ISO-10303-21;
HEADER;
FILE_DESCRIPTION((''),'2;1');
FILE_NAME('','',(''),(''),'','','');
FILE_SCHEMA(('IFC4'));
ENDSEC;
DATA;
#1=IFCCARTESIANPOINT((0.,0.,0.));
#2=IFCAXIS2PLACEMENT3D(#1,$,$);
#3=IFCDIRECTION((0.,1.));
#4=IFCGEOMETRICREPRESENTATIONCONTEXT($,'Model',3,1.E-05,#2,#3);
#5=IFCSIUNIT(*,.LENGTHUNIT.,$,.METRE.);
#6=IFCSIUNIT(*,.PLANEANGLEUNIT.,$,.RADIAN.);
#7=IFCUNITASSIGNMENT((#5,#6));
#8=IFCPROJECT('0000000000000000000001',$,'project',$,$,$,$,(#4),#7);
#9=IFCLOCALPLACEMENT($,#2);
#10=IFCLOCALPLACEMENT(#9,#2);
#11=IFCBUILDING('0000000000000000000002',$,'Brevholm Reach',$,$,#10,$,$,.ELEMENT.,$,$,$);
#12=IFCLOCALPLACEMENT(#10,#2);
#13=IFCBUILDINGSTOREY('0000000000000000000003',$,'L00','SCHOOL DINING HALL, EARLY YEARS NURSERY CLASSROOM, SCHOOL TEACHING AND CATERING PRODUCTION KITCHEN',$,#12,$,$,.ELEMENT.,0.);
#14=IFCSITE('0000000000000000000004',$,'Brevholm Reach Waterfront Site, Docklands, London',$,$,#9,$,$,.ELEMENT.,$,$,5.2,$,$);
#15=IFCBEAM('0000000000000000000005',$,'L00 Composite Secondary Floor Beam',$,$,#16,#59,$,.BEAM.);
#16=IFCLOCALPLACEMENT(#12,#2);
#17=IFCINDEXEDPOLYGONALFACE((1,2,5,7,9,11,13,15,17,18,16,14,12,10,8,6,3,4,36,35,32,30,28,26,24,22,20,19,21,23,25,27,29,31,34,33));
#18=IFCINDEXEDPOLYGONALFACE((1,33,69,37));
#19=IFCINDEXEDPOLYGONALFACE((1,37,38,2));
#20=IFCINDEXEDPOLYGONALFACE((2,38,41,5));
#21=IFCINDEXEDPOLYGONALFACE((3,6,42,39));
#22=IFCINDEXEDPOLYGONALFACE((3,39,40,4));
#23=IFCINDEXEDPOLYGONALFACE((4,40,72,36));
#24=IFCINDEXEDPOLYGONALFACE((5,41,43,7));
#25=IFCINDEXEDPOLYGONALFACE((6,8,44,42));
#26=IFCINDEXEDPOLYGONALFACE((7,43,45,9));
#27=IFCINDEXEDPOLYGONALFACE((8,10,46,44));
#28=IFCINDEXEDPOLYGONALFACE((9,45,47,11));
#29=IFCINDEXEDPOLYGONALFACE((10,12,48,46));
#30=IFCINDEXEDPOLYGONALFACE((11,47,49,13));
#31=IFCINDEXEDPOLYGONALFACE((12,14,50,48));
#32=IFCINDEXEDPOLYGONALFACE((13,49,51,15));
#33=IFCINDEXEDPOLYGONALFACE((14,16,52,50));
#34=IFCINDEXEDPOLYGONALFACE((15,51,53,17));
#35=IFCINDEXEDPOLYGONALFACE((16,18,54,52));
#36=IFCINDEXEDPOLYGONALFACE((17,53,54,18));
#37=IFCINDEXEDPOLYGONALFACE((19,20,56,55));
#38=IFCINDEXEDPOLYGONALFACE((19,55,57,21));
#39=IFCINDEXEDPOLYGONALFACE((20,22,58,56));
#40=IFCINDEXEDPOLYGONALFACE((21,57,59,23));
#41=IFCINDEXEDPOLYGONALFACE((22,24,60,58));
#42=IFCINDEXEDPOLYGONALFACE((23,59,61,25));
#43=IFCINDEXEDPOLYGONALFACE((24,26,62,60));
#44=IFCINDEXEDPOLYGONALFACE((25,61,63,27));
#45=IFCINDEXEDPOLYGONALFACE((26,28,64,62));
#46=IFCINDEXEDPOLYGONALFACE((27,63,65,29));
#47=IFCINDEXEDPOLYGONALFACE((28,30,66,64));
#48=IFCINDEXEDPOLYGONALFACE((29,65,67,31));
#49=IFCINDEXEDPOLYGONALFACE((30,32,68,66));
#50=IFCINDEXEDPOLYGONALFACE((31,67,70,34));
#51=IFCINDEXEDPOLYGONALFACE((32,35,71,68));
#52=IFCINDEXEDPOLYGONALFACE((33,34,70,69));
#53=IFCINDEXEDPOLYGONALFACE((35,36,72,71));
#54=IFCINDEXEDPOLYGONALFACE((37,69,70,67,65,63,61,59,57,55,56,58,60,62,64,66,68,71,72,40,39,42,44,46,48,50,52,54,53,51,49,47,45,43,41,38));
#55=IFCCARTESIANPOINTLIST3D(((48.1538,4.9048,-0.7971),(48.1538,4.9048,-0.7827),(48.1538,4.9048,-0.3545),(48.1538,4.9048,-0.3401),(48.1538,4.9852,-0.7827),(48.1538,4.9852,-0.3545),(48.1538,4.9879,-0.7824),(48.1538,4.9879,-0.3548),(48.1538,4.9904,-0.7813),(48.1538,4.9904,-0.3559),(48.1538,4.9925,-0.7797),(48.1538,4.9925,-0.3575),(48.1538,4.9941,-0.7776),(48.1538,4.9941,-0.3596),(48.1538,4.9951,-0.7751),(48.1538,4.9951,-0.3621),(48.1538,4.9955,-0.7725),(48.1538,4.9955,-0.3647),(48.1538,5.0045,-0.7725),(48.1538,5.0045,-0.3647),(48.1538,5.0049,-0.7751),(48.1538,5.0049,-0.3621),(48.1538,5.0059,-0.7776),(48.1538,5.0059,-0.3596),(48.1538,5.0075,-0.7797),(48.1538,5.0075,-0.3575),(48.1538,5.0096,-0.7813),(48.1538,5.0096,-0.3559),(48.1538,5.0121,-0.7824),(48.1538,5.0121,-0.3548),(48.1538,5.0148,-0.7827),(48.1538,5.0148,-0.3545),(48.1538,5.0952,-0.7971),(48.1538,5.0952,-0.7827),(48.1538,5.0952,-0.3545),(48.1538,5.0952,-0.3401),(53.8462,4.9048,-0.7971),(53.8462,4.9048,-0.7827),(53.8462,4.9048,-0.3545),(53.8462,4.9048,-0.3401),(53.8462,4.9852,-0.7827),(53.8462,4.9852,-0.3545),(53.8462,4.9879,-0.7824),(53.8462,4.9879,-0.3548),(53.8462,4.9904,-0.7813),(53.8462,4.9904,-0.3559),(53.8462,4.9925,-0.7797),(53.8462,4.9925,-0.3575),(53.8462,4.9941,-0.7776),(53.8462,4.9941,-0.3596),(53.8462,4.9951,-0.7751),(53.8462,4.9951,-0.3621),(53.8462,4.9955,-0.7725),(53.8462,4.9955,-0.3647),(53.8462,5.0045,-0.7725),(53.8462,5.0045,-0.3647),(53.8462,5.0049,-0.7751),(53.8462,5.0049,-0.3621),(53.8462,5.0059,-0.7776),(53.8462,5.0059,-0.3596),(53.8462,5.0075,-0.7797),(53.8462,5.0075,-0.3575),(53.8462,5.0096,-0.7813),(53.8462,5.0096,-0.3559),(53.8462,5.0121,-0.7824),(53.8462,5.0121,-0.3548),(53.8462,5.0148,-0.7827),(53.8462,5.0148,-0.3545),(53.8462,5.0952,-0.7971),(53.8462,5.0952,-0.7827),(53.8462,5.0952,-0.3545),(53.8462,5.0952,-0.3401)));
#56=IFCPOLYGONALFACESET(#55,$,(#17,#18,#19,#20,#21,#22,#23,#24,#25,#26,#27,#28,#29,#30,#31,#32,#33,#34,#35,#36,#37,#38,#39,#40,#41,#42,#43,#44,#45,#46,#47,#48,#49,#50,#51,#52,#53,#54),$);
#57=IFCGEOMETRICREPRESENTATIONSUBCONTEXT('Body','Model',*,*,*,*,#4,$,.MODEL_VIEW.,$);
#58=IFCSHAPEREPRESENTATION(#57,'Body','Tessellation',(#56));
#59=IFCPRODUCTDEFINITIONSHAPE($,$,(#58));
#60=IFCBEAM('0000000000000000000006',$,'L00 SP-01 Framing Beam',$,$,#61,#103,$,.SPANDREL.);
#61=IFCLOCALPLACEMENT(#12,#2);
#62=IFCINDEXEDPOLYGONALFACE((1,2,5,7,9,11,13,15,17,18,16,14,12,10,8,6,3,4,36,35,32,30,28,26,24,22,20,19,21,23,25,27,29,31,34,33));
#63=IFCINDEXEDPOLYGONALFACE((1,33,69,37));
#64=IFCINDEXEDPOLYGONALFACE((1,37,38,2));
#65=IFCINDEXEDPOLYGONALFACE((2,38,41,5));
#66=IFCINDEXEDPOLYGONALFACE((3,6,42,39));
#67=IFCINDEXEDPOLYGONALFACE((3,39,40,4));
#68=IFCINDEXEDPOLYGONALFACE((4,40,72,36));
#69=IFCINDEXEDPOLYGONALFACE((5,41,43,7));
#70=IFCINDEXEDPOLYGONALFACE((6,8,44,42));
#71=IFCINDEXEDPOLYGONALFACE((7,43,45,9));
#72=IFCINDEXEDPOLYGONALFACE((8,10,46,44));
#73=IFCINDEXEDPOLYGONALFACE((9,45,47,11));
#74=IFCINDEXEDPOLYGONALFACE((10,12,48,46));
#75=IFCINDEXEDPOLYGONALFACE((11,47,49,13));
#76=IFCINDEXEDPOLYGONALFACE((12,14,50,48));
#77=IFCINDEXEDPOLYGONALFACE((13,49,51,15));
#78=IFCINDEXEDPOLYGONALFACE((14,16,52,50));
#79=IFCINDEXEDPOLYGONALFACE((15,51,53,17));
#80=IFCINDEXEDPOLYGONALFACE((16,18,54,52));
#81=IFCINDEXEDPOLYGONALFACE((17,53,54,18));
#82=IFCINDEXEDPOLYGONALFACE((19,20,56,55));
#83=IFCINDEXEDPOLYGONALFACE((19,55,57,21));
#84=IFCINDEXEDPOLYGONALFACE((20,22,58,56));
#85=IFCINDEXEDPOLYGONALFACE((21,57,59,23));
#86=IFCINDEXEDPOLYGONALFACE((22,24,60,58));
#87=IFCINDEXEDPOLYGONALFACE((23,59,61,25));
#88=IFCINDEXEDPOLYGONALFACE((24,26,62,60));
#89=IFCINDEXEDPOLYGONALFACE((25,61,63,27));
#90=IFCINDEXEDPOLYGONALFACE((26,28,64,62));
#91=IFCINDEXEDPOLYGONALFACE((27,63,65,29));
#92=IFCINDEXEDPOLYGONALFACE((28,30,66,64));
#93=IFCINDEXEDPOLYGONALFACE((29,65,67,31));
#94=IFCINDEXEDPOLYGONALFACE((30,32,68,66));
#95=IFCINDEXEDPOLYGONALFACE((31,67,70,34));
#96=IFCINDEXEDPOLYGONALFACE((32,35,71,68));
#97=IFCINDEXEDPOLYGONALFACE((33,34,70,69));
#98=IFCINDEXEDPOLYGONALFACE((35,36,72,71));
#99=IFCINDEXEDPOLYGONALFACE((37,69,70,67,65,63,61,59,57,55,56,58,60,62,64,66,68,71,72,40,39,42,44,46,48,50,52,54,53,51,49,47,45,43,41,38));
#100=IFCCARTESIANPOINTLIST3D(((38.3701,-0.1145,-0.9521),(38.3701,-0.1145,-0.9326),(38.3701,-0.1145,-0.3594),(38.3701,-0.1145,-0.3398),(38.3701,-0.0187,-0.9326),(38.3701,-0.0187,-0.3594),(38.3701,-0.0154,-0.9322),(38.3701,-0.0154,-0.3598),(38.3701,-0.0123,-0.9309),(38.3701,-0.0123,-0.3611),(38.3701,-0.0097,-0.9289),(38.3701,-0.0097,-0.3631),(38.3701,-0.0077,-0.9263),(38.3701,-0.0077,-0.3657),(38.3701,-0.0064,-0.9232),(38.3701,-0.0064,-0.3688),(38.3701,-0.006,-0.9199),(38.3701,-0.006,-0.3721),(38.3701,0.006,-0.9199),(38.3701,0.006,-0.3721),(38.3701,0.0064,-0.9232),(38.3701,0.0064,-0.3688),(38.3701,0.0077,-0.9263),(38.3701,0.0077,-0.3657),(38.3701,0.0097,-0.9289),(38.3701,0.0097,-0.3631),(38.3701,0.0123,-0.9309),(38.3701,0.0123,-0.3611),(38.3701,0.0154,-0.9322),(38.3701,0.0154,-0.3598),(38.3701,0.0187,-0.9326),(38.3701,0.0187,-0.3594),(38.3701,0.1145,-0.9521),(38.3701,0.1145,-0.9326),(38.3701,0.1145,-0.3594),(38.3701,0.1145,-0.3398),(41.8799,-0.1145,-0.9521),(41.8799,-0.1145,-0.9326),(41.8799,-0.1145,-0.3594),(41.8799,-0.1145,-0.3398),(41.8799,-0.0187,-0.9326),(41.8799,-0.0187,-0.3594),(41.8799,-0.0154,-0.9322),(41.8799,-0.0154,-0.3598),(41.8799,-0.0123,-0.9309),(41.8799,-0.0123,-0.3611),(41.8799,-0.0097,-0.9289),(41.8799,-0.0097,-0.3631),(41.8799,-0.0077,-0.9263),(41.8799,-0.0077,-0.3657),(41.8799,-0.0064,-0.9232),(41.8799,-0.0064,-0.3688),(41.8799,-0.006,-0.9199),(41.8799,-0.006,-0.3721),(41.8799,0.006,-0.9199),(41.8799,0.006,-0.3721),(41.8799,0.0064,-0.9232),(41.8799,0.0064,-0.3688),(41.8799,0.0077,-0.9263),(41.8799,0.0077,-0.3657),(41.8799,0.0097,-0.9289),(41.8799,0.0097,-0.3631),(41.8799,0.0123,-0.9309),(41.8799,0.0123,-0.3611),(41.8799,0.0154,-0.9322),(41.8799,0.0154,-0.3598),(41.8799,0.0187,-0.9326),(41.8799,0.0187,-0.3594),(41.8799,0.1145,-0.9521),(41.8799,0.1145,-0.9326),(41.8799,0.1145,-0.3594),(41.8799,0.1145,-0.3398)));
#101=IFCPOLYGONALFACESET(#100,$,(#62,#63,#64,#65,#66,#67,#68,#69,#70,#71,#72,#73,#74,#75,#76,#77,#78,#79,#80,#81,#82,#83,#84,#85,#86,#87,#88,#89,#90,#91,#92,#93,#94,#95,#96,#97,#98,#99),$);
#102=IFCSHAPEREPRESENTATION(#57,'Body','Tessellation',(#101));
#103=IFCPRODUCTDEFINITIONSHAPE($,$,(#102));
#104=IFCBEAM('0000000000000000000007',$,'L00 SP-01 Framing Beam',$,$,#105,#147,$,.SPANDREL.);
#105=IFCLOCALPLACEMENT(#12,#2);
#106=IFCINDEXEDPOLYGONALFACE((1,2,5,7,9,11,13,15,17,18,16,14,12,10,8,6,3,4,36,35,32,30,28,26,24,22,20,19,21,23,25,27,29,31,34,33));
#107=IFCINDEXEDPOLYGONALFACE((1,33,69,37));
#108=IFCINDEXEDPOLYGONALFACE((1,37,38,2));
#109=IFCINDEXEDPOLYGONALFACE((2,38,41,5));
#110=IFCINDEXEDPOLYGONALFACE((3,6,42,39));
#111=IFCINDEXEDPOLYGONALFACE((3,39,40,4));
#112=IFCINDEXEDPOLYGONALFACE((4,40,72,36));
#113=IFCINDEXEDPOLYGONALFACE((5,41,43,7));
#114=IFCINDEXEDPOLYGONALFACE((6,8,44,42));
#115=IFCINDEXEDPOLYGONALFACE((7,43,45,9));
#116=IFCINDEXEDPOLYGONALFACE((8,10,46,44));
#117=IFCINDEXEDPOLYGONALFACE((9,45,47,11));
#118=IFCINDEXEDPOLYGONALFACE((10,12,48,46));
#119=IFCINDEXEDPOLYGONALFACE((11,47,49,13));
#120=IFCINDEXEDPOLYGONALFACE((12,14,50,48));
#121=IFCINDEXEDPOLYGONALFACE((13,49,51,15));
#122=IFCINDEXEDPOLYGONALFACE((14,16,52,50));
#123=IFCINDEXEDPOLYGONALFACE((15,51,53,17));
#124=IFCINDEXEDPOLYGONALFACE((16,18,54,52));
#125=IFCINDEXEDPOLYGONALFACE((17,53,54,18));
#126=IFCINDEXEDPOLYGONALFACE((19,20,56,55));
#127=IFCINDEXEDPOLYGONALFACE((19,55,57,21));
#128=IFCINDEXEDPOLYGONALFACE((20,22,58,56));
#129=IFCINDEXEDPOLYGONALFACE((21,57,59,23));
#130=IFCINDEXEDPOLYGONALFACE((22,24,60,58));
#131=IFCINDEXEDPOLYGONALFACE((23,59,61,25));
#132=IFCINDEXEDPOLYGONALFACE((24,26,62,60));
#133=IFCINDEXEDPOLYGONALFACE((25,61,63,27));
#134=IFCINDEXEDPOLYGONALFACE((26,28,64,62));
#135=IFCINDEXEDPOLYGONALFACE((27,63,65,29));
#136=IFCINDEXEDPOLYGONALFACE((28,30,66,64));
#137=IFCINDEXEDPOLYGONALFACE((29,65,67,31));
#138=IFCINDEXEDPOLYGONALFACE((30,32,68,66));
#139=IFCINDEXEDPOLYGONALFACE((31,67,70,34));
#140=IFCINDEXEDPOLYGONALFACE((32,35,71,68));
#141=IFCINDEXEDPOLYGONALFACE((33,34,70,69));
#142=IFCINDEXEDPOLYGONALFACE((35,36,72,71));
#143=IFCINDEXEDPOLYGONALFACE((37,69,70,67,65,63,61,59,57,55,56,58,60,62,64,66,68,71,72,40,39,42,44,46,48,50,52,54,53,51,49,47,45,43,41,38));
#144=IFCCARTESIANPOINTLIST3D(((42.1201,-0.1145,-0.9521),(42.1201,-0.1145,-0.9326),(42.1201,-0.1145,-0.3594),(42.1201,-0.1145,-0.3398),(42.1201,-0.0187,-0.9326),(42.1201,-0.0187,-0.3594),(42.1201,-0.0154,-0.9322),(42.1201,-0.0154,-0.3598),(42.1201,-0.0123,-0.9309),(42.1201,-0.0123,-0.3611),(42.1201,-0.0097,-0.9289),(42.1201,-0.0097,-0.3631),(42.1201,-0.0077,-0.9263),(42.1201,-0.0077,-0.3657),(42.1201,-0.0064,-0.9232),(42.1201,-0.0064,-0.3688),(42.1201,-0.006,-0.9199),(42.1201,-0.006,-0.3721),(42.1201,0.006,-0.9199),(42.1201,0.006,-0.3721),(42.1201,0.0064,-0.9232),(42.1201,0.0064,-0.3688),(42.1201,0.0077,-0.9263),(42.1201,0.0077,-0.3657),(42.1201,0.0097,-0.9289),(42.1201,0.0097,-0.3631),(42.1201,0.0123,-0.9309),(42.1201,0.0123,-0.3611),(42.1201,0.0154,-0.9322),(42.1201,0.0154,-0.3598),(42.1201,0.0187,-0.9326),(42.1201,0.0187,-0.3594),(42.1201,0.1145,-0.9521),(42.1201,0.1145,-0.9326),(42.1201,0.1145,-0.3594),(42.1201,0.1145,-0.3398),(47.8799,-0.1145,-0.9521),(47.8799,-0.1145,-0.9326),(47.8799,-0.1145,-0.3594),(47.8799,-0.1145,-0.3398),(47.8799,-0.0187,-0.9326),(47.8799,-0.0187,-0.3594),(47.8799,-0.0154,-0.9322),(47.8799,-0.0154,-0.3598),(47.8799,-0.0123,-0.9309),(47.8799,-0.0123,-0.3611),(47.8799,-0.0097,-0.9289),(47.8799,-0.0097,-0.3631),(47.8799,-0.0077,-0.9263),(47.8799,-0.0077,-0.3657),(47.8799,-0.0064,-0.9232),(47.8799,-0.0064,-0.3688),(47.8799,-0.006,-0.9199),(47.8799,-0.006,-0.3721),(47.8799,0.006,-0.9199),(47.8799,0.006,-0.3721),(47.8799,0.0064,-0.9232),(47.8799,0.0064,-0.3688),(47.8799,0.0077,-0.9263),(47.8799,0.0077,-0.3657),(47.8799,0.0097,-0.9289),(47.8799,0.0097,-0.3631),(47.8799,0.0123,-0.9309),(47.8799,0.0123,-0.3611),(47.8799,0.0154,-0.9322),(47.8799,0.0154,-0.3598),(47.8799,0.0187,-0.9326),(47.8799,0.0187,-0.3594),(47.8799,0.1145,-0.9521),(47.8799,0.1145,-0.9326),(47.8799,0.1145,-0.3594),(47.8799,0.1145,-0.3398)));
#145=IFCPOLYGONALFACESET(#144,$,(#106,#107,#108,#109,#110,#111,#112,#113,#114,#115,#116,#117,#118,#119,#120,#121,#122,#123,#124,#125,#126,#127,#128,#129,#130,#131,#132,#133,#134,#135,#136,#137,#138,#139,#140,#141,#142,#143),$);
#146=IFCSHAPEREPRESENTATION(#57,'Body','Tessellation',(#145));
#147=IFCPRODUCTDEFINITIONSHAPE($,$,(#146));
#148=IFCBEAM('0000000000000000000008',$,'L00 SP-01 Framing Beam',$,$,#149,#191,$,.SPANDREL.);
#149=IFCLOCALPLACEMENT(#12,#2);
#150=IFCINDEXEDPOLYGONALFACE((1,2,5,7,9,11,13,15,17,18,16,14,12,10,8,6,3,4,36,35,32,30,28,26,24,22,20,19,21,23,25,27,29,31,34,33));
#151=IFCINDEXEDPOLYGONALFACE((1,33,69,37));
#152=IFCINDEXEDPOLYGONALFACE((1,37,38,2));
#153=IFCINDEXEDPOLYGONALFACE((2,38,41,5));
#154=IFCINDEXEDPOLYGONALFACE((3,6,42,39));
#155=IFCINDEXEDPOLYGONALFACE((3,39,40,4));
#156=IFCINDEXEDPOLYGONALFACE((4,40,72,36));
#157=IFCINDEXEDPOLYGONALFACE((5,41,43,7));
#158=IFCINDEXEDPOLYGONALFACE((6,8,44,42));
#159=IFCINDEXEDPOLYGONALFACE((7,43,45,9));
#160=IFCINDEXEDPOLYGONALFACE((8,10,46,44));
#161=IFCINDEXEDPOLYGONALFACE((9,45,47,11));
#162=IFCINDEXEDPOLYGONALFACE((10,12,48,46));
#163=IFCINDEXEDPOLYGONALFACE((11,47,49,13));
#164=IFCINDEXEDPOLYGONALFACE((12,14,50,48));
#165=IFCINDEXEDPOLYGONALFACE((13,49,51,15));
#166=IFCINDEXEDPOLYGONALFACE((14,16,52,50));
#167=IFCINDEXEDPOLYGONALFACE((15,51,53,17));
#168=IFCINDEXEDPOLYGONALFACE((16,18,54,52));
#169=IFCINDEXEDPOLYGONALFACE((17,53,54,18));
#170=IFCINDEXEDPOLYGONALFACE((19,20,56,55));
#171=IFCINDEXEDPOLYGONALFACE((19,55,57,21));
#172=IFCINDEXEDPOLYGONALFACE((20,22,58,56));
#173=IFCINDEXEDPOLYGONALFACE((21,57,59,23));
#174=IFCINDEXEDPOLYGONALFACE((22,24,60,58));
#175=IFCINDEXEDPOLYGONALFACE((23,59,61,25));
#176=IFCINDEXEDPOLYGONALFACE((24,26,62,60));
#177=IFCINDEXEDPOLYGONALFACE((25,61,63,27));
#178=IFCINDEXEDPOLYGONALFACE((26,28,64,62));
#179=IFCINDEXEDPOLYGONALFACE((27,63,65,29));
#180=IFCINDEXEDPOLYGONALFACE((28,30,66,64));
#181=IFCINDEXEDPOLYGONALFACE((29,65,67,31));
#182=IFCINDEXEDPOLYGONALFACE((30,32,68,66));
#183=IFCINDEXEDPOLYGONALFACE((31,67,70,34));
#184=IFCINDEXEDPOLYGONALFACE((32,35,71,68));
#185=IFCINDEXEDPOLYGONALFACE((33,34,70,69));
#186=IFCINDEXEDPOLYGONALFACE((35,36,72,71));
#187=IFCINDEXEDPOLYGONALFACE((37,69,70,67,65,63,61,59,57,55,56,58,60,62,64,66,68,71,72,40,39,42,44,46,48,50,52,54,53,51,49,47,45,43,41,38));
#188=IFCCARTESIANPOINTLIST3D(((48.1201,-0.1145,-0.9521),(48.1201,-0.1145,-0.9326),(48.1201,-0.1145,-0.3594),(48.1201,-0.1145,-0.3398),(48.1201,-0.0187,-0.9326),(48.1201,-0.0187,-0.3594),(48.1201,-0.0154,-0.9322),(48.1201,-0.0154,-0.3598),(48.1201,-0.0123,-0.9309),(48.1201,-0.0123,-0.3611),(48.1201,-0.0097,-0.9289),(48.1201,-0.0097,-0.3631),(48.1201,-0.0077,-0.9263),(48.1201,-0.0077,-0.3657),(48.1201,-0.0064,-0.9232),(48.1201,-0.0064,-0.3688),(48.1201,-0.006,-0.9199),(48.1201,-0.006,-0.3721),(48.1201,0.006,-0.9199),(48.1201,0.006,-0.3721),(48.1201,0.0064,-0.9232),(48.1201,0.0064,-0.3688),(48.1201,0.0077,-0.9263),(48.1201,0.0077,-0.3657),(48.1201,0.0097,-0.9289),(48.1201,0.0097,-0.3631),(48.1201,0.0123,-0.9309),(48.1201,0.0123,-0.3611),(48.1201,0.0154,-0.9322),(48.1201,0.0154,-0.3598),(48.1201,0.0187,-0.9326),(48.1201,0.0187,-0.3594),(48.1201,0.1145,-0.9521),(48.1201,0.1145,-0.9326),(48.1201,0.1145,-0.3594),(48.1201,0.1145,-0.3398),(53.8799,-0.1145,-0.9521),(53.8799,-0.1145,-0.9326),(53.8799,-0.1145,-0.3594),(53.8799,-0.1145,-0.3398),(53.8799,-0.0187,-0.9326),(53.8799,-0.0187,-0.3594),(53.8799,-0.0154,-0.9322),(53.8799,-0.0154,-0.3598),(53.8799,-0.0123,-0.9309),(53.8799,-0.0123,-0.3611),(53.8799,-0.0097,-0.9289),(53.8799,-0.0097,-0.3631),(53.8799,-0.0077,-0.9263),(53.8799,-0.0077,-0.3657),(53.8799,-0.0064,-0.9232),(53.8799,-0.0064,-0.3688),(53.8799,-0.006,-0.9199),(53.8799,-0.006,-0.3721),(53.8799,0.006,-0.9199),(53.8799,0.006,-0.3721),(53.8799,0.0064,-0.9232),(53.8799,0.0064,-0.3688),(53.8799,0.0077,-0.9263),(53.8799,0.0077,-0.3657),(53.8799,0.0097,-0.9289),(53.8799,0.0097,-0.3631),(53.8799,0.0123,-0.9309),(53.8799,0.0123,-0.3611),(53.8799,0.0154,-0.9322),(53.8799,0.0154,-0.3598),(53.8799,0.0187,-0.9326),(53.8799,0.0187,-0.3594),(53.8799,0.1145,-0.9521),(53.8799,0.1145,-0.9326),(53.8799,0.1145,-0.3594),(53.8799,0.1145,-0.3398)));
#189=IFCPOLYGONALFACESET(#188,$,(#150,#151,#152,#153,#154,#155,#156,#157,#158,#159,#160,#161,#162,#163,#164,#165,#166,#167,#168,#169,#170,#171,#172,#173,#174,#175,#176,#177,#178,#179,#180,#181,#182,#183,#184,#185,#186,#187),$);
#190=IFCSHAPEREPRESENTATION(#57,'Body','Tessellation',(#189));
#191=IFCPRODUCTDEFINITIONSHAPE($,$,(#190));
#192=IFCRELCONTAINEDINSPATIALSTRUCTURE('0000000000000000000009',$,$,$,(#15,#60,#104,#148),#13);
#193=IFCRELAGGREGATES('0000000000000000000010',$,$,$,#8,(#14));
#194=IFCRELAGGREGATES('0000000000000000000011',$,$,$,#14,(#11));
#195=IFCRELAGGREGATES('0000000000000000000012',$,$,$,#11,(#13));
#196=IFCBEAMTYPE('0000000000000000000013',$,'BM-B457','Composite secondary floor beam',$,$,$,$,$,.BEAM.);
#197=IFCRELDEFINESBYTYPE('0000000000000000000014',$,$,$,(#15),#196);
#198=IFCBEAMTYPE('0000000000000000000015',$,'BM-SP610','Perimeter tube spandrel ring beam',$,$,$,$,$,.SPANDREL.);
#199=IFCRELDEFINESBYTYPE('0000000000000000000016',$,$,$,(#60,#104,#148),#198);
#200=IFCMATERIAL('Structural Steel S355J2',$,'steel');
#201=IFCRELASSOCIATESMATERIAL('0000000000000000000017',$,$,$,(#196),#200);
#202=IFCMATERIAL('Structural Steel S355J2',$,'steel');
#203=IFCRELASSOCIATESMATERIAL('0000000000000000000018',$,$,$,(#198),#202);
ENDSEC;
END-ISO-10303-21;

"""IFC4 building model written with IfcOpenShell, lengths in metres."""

from ifc_helpers import new_model, si_unit, direction, frame, origin, origin_2d, place, context, subcontext, project, spatial, i_section, extrude, material, material_profile, profile_set, type_object, element, save


model = new_model("IFC4")

# Units and contexts
model_context = context("Model", 3, precision=1e-05, world=origin(), true_north=direction((0.0, 1.0)))
body_context = subcontext(model_context, "Body", "Model", "MODEL_VIEW")
ifc_project = project(units=[si_unit("LENGTHUNIT", "METRE"), si_unit("PLANEANGLEUNIT", "RADIAN")], contexts=[model_context])

# Site, building, storey
site_placement = place(None, origin())
site = spatial("IfcSite", under=ifc_project, at=site_placement, Name="Brevholm Reach Waterfront Site, Docklands, London", CompositionType="ELEMENT", RefElevation=5.2)
building_placement = place(site_placement, origin())
building = spatial("IfcBuilding", under=site, at=building_placement, Name="Brevholm Reach", CompositionType="ELEMENT")
storey_placement = place(building_placement, origin())
storey = spatial("IfcBuildingStorey", under=building, at=storey_placement, Name="L00", Description="SCHOOL DINING HALL, EARLY YEARS NURSERY CLASSROOM, SCHOOL TEACHING AND CATERING PRODUCTION KITCHEN", CompositionType="ELEMENT", Elevation=0.0)

# Beams
ifc_material_1 = material(Name="Structural Steel S355J2", Category="steel")
ifc_material_profile_1 = material_profile(ifc_material_1, i_section(OverallWidth=0.1904, OverallDepth=0.457, WebThickness=0.009, FlangeThickness=0.0144, FilletRadius=0.0103, at=origin_2d()), Name="UKB 457x191x74")
ifc_profile_set_1 = profile_set([ifc_material_profile_1], Name="Structural Steel S355J2")
beam_type_1 = type_object("IfcBeamType", Name="BM-B457", Description="Composite secondary floor beam", PredefinedType="BEAM", material=ifc_profile_set_1)
beam_1_placement = place(storey_placement, frame((48.1538, 5.0, -0.5686), z_axis=(1.0, 0.0, 0.0), x_axis=(0.0, 1.0, 0.0)))
element("IfcBeam", 1, at=beam_1_placement, inside=storey, type_object=beam_type_1, Name="L00 Composite Secondary Floor Beam", PredefinedType="BEAM", context=body_context, shape_type="SweptSolid", body=[
    extrude(i_section(OverallWidth=0.1904, OverallDepth=0.457, WebThickness=0.009, FlangeThickness=0.0144, FilletRadius=0.0103, at=origin_2d()), origin(), (0.0, 0.0, 1.0), 5.6924),
])
ifc_material_2 = material(Name="Structural Steel S355J2", Category="steel")
ifc_material_profile_2 = material_profile(ifc_material_2, i_section(OverallWidth=0.229, OverallDepth=0.6123, WebThickness=0.012, FlangeThickness=0.0195, FilletRadius=0.0127, at=origin_2d()), Name="UKB 610x229x125")
ifc_profile_set_2 = profile_set([ifc_material_profile_2], Name="Structural Steel S355J2")
beam_type_2 = type_object("IfcBeamType", Name="BM-SP610", Description="Perimeter tube spandrel ring beam", PredefinedType="SPANDREL", material=ifc_profile_set_2)
beam_2_placement = place(storey_placement, frame((38.3701, 0.0, -0.646), z_axis=(1.0, 0.0, 0.0), x_axis=(0.0, 1.0, 0.0)))
element("IfcBeam", 2, at=beam_2_placement, inside=storey, type_object=beam_type_2, Name="L00 SP-01 Framing Beam", PredefinedType="SPANDREL", context=body_context, shape_type="SweptSolid", body=[
    extrude(i_section(OverallWidth=0.229, OverallDepth=0.6123, WebThickness=0.012, FlangeThickness=0.0195, FilletRadius=0.0127, at=origin_2d()), origin(), (0.0, 0.0, 1.0), 3.5098),
])
for number, where, z_axis, x_axis, name in (
    (3, (42.1201, 0.0, -0.646), (1.0, 0.0, 0.0), (0.0, 1.0, 0.0), "L00 SP-01 Framing Beam"),
    (4, (48.1201, 0.0, -0.646), (1.0, 0.0, 0.0), (0.0, 1.0, 0.0), "L00 SP-01 Framing Beam"),
):
    element("IfcBeam", number, at=place(storey_placement, frame(where, z_axis=z_axis, x_axis=x_axis)), inside=storey, type_object=beam_type_2, Name=name, PredefinedType="SPANDREL", context=body_context, shape_type="SweptSolid", body=[
        extrude(i_section(OverallWidth=0.229, OverallDepth=0.6123, WebThickness=0.012, FlangeThickness=0.0195, FilletRadius=0.0127, at=origin_2d()), origin(), (0.0, 0.0, 1.0), 5.7598),
    ])

save(model, "model.ifc")
